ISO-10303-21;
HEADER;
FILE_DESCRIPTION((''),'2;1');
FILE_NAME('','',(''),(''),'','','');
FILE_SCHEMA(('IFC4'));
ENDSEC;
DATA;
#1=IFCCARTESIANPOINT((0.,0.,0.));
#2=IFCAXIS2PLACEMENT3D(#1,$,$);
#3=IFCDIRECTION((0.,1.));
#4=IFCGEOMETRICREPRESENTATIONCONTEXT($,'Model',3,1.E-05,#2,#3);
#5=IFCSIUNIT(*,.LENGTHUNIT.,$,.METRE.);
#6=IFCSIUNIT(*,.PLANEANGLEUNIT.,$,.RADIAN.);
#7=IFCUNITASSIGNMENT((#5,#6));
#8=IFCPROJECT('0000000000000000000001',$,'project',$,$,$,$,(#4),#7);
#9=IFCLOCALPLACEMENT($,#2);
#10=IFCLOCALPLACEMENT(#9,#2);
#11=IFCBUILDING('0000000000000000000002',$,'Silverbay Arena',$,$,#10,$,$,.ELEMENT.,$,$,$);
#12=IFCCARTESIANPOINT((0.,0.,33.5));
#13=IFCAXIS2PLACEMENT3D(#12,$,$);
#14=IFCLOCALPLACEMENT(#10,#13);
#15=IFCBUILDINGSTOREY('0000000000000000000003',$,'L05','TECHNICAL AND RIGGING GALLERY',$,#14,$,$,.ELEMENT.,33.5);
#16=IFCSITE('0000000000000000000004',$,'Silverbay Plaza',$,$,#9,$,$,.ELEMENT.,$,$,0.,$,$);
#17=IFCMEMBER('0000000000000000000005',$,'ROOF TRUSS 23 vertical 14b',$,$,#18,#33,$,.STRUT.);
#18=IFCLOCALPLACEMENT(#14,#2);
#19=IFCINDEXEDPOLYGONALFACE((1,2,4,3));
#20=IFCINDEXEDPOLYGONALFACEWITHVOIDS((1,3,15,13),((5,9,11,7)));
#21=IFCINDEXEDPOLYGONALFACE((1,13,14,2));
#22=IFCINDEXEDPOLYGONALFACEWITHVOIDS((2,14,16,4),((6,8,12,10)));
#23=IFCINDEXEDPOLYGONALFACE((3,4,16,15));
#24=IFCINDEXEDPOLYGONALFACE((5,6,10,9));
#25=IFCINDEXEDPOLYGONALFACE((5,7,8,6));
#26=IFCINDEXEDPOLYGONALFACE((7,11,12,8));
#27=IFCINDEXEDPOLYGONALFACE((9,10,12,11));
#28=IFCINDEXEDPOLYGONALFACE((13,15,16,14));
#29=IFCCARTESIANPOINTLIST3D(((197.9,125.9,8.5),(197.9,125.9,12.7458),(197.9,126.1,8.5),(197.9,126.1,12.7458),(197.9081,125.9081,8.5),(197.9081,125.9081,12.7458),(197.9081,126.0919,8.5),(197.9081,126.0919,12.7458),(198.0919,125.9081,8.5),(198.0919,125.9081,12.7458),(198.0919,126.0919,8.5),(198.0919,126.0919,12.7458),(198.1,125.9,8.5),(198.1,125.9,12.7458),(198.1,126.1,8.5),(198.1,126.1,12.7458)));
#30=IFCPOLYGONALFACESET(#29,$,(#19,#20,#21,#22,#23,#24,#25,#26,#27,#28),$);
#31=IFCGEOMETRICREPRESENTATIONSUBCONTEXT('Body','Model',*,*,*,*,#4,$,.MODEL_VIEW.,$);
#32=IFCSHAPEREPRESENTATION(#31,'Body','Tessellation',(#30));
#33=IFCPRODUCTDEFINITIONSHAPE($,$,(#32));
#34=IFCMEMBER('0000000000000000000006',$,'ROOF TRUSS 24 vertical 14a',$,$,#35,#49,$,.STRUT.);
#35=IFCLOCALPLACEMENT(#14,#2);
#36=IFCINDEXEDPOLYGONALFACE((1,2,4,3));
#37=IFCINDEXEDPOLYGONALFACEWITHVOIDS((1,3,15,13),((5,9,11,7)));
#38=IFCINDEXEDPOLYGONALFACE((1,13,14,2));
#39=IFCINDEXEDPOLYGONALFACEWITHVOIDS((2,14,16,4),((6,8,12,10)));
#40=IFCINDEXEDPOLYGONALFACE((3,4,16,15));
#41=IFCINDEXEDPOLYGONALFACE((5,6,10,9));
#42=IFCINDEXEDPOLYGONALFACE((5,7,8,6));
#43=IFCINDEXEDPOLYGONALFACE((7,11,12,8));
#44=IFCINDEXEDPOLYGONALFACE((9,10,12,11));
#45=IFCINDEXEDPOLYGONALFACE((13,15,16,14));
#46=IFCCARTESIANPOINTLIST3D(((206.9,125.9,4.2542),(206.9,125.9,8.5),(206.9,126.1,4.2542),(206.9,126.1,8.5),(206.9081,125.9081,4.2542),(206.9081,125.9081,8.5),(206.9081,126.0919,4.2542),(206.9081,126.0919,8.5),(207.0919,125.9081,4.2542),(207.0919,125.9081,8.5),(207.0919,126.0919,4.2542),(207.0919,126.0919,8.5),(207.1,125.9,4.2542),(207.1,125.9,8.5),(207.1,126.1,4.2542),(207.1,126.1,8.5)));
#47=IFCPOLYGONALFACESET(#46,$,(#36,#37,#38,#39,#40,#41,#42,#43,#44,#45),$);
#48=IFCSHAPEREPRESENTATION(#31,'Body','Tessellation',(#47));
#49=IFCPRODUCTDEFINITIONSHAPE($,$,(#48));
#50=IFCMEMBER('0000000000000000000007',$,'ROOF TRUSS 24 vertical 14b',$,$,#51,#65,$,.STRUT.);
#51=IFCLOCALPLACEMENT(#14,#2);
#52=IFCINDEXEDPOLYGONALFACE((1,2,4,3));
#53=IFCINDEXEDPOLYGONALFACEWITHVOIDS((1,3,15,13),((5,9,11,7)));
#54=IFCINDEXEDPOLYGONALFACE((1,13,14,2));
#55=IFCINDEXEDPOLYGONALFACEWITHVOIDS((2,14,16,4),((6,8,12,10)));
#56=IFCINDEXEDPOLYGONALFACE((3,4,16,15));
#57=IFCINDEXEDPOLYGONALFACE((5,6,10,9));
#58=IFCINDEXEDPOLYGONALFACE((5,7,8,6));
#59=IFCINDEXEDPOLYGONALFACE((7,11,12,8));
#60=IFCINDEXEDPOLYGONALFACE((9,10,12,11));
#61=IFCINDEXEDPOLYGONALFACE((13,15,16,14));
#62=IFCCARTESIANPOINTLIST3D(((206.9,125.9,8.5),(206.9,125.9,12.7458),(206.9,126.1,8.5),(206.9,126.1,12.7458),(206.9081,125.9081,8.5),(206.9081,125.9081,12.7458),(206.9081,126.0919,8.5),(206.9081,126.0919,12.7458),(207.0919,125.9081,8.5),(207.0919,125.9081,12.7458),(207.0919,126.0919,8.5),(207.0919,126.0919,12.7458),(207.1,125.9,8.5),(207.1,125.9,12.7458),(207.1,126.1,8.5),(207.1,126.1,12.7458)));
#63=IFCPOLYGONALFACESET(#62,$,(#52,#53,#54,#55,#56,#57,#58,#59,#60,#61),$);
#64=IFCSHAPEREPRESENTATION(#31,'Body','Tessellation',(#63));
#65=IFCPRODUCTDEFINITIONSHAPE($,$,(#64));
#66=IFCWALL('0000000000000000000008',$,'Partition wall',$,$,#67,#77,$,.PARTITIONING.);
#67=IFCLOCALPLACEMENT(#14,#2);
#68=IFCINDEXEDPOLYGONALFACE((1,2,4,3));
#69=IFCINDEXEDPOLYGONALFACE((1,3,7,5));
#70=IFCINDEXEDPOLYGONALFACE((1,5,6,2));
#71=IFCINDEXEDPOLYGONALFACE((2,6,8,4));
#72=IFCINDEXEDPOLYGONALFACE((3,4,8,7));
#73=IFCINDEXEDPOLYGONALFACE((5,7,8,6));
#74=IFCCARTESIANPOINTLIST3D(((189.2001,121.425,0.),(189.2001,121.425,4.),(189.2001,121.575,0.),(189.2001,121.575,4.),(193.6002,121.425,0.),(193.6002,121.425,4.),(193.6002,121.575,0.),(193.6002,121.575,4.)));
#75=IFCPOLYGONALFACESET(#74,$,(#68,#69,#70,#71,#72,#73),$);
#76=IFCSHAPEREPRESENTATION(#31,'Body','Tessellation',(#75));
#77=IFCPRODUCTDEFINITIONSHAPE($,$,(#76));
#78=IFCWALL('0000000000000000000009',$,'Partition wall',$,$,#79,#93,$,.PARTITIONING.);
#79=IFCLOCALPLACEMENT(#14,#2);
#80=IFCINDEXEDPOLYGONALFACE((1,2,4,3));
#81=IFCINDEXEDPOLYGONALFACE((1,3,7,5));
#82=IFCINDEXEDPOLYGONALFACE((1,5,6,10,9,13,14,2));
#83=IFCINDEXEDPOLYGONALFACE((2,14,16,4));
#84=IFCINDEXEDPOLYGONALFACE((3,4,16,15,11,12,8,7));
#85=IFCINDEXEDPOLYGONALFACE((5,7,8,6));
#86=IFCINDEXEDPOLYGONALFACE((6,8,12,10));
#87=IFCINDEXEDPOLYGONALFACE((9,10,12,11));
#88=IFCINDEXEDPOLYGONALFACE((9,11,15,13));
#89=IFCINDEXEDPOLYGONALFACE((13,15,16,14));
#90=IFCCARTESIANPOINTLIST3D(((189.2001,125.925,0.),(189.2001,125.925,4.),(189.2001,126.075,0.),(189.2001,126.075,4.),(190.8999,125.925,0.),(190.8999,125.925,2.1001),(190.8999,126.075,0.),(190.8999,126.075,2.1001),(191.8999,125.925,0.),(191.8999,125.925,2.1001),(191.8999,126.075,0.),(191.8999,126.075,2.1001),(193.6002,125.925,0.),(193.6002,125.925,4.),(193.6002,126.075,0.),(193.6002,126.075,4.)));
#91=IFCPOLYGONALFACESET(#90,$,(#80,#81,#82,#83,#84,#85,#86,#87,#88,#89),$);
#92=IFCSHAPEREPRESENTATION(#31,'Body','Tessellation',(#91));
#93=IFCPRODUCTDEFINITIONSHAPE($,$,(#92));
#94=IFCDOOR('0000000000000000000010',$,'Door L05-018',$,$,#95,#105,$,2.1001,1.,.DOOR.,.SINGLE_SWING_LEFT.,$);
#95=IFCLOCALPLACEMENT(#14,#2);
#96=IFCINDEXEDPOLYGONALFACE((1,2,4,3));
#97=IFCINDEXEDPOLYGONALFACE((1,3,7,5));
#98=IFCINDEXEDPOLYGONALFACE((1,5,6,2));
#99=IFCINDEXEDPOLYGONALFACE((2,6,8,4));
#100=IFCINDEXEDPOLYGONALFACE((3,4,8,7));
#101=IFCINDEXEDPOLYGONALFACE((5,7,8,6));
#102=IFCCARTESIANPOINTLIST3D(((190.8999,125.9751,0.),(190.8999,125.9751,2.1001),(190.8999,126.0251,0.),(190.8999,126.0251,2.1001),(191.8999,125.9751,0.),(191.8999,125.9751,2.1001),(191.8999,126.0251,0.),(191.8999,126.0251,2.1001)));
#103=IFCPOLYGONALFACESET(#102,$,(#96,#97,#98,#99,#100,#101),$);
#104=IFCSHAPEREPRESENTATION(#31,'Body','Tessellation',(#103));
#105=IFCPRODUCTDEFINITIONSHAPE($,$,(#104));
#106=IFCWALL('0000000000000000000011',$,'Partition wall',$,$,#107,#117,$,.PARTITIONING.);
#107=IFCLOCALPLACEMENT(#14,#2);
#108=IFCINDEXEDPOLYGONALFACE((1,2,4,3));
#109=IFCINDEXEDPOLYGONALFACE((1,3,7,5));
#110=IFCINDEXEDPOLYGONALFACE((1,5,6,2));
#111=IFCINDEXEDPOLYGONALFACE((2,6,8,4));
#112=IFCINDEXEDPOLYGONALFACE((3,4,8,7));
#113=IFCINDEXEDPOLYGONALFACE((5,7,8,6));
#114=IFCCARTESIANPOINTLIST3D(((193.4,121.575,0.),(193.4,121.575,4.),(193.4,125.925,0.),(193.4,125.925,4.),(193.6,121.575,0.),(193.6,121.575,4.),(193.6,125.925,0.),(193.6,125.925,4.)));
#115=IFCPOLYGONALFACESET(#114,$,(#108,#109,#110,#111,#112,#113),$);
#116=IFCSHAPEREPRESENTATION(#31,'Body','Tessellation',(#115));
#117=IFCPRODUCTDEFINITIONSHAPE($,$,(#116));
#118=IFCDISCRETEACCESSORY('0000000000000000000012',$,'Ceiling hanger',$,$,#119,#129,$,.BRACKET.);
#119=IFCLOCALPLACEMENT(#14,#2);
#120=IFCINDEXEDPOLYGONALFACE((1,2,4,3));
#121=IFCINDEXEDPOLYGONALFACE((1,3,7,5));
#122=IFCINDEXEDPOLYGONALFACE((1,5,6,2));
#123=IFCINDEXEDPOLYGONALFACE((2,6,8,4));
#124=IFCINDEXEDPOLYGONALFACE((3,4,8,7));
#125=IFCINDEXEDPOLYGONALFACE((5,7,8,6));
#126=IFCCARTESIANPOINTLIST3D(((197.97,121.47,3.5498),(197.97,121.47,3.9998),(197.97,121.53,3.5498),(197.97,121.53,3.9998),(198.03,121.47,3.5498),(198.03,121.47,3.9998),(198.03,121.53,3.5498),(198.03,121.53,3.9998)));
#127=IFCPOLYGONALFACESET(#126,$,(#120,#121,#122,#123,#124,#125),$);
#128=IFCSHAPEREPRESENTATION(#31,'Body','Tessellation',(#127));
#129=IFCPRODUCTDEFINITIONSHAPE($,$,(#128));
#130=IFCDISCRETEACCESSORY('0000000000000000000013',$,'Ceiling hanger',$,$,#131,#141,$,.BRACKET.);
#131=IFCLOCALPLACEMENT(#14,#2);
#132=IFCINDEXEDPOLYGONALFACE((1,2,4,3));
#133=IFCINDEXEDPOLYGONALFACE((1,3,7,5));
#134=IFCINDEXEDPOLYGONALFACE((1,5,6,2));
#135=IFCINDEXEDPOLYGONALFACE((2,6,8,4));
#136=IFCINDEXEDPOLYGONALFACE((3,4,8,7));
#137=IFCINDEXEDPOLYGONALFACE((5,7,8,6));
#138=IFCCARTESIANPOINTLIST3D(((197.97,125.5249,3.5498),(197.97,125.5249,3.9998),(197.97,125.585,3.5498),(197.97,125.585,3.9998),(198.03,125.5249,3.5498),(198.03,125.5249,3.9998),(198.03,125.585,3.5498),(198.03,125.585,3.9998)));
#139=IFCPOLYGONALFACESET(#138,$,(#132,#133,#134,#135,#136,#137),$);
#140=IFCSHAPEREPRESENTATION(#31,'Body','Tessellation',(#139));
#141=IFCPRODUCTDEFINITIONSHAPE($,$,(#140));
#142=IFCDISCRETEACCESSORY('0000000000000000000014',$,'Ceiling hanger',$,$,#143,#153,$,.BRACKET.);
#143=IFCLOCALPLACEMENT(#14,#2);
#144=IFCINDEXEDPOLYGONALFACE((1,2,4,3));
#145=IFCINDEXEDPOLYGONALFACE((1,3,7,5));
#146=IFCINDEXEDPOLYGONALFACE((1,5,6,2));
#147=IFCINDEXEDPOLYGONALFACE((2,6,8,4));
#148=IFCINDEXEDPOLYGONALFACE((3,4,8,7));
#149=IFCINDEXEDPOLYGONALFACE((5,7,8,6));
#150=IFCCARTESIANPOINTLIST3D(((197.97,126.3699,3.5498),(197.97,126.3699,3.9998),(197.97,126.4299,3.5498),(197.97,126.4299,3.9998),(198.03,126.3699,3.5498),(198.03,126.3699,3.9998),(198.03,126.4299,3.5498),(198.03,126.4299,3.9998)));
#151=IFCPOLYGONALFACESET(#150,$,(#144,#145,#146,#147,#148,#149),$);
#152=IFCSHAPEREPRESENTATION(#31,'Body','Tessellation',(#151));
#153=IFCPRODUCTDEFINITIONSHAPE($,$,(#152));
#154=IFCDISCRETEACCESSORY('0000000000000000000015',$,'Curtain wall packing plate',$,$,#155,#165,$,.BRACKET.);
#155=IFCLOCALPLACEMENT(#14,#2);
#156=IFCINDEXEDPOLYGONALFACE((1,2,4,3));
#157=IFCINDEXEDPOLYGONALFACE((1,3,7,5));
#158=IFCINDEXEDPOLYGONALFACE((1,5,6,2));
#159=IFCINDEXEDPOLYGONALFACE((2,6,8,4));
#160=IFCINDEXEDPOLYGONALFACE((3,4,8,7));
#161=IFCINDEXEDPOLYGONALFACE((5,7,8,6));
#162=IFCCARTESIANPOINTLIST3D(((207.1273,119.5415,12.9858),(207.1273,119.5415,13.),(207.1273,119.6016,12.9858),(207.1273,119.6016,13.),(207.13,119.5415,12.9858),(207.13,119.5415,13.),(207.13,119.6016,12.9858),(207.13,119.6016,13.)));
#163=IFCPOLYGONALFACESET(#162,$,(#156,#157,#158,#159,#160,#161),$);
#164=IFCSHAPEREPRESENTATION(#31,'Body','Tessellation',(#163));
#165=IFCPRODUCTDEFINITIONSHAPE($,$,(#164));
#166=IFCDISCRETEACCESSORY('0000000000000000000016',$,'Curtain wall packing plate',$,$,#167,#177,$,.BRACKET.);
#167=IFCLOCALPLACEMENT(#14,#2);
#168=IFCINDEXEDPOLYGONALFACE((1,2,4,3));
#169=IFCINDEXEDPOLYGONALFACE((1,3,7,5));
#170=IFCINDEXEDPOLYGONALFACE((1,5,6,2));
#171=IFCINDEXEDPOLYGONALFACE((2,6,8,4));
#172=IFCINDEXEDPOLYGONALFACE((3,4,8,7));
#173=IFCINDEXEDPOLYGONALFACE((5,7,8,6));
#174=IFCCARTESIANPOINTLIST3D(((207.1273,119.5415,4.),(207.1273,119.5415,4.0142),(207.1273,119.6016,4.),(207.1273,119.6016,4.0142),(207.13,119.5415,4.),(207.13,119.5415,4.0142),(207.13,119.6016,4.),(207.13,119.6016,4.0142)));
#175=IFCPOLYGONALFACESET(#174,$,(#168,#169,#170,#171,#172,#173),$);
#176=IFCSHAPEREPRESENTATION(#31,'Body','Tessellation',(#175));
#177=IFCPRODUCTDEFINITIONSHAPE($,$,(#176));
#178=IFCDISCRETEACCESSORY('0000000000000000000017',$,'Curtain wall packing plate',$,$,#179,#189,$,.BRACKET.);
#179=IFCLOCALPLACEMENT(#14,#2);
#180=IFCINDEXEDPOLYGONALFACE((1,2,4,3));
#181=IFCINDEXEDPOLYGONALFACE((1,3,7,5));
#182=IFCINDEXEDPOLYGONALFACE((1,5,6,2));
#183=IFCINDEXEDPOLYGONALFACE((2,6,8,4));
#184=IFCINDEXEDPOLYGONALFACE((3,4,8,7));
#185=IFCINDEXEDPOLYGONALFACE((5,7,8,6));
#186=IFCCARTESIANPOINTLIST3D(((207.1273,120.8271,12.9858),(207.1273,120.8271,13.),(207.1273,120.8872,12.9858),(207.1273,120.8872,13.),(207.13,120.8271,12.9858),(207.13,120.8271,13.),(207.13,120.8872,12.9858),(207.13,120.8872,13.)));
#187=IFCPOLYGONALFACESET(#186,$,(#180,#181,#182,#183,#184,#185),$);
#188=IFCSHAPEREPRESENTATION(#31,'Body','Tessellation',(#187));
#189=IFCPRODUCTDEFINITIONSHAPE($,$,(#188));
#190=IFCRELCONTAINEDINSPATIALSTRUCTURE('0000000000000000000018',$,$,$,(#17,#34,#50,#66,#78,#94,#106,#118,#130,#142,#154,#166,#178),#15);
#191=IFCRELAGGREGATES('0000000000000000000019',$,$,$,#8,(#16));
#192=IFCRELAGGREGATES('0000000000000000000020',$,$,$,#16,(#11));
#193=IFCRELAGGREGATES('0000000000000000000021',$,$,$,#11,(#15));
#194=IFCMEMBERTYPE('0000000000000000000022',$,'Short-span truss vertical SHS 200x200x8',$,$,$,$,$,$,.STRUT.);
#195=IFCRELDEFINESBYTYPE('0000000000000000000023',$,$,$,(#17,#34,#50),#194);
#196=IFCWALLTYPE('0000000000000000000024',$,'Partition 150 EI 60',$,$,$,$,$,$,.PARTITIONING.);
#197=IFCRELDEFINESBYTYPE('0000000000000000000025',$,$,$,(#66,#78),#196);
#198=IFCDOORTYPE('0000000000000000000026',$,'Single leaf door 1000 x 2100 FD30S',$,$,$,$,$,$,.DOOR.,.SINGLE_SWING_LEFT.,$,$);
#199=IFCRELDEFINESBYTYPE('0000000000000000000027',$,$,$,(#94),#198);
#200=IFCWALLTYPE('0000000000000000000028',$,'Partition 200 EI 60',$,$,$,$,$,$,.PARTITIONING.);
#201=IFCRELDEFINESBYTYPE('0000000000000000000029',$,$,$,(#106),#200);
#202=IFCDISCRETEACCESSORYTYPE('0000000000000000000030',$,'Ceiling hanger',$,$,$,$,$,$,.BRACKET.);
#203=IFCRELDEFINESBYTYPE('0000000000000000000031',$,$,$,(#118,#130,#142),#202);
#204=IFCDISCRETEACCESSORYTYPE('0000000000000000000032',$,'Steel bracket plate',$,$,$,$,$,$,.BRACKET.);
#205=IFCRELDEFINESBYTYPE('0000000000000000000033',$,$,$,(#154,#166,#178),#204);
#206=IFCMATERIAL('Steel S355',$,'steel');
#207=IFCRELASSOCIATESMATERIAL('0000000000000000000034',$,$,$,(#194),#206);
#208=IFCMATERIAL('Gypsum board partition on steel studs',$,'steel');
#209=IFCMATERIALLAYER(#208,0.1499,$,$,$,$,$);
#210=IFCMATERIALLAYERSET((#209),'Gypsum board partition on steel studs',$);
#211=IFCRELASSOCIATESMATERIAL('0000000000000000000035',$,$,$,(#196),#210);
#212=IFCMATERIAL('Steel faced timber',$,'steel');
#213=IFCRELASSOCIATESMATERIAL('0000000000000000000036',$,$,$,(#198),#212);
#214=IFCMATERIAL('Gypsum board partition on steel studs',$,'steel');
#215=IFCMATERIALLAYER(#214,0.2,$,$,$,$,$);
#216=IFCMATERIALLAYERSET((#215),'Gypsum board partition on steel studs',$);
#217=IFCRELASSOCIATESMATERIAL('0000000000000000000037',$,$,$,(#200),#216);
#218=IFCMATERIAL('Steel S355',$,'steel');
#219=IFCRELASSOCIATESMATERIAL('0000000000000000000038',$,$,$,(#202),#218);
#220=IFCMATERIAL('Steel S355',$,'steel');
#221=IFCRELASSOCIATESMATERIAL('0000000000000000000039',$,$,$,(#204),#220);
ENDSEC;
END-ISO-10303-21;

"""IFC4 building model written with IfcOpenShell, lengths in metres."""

from ifc_helpers import new_model, si_unit, direction, frame, frame_2d, origin, origin_2d, place, context, subcontext, project, spatial, rectangle, hollow_rectangle, extrude, material, layer, layer_set, material_profile, profile_set, type_object, element, fill, save


model = new_model("IFC4")

# Units and contexts
model_context = context("Model", 3, precision=1e-05, world=origin(), true_north=direction((0.0, 1.0)))
body_context = subcontext(model_context, "Body", "Model", "MODEL_VIEW")
ifc_project = project(units=[si_unit("LENGTHUNIT", "METRE"), si_unit("PLANEANGLEUNIT", "RADIAN")], contexts=[model_context])

# Site, building, storey
site_placement = place(None, origin())
site = spatial("IfcSite", under=ifc_project, at=site_placement, Name="Silverbay Plaza", CompositionType="ELEMENT", RefElevation=0.0)
building_placement = place(site_placement, origin())
building = spatial("IfcBuilding", under=site, at=building_placement, Name="Silverbay Arena", CompositionType="ELEMENT")
storey_placement = place(building_placement, frame((0.0, 0.0, 33.5)))
storey = spatial("IfcBuildingStorey", under=building, at=storey_placement, Name="L05", Description="TECHNICAL AND RIGGING GALLERY", CompositionType="ELEMENT", Elevation=33.5)

# Members
ifc_material_1 = material(Name="Steel S355", Category="steel")
ifc_material_profile_1 = material_profile(ifc_material_1, hollow_rectangle(XDim=0.2, YDim=0.2, WallThickness=0.0081, at=origin_2d()), Name="SHS 200x200x8")
ifc_profile_set_1 = profile_set([ifc_material_profile_1], Name="Steel S355")
member_type_1 = type_object("IfcMemberType", Name="Short-span truss vertical SHS 200x200x8", PredefinedType="STRUT", material=ifc_profile_set_1)
for number, where, z_axis, x_axis, name in (
    (1, (198.0, 126.0, 8.5), (0.0, 0.0, 1.0), (1.0, 0.0, 0.0), "ROOF TRUSS 23 vertical 14b"),
    (2, (207.0, 126.0, 4.2542), (0.0, 0.0, 1.0), (1.0, 0.0, 0.0), "ROOF TRUSS 24 vertical 14a"),
    (3, (207.0, 126.0, 8.5), (0.0, 0.0, 1.0), (1.0, 0.0, 0.0), "ROOF TRUSS 24 vertical 14b"),
):
    element("IfcMember", number, at=place(storey_placement, frame(where, z_axis=z_axis, x_axis=x_axis)), inside=storey, type_object=member_type_1, Name=name, PredefinedType="STRUT", context=body_context, shape_type="SweptSolid", body=[
        extrude(hollow_rectangle(XDim=0.2, YDim=0.2, WallThickness=0.0081, at=origin_2d()), origin(), (0.0, 0.0, 1.0), 4.2458),
    ])

# Wall
ifc_material_2 = material(Name="Gypsum board partition on steel studs", Category="steel")
ifc_layer_1 = layer(ifc_material_2, 0.1499)
ifc_layer_set_1 = layer_set([ifc_layer_1], Name="Gypsum board partition on steel studs")
wall_type_1 = type_object("IfcWallType", Name="Partition 150 EI 60", PredefinedType="PARTITIONING", material=ifc_layer_set_1)
wall_1_placement = place(storey_placement, frame((189.2, 121.5, 0.0), z_axis=(0.0, 0.0, 1.0), x_axis=(1.0, 0.0, 0.0)))
element("IfcWall", 4, at=wall_1_placement, inside=storey, type_object=wall_type_1, Name="Partition wall", PredefinedType="PARTITIONING", context=body_context, shape_type="SweptSolid", body=[
    extrude(rectangle(XDim=4.4001, YDim=0.1499, at=frame_2d((2.2002, 0.0))), origin(), (0.0, 0.0, 1.0), 4.0),
])

# Wall, opening, door
wall_2_placement = place(storey_placement, frame((189.2, 126.0, 0.0), z_axis=(0.0, 0.0, 1.0), x_axis=(1.0, 0.0, 0.0)))
wall_2 = element("IfcWall", 5, at=wall_2_placement, inside=storey, type_object=wall_type_1, Name="Partition wall", PredefinedType="PARTITIONING", context=body_context, shape_type="SweptSolid", body=[
    extrude(rectangle(XDim=4.4001, YDim=0.1499, at=frame_2d((2.2002, 0.0))), origin(), (0.0, 0.0, 1.0), 4.0),
])
opening_placement = place(wall_2_placement, frame((1.7, 0.0, 0.0)))
opening = element("IfcOpeningElement", 6, at=opening_placement, cuts=wall_2, PredefinedType="OPENING", context=body_context, shape_type="SweptSolid", body=[
    extrude(rectangle(XDim=1.0, YDim=2.1001, at=frame_2d((0.5, 1.05))), frame((0.0, 0.085, 0.0), z_axis=(0.0, -1.0, 0.0), x_axis=(1.0, 0.0, 0.0)), (0.0, 0.0, 1.0), 0.1699),
])
ifc_material_3 = material(Name="Steel faced timber", Category="steel")
door_type = type_object("IfcDoorType", Name="Single leaf door 1000 x 2100 FD30S", OperationType="SINGLE_SWING_LEFT", PredefinedType="DOOR", material=ifc_material_3)
door_placement = place(opening_placement, frame((1.0, 0.0, 0.0), z_axis=(0.0, 0.0, 1.0), x_axis=(-1.0, 0.0, 0.0)))
door = element("IfcDoor", 7, at=door_placement, inside=storey, type_object=door_type, Name="Door L05-018", OperationType="SINGLE_SWING_LEFT", OverallHeight=2.1001, OverallWidth=1.0, PredefinedType="DOOR", context=body_context, shape_type="SweptSolid", body=[
    extrude(rectangle(XDim=1.0, YDim=2.1001, at=frame_2d((0.5, 1.05))), frame((0.0, 0.0249, 0.0), z_axis=(0.0, -1.0, 0.0), x_axis=(1.0, 0.0, 0.0)), (0.0, 0.0, 1.0), 0.05),
])
fill(opening, door)

# Wall
ifc_material_4 = material(Name="Gypsum board partition on steel studs", Category="steel")
ifc_layer_2 = layer(ifc_material_4, 0.2)
ifc_layer_set_2 = layer_set([ifc_layer_2], Name="Gypsum board partition on steel studs")
wall_type_2 = type_object("IfcWallType", Name="Partition 200 EI 60", PredefinedType="PARTITIONING", material=ifc_layer_set_2)
wall_3_placement = place(storey_placement, frame((193.5, 121.575, 0.0), z_axis=(0.0, 0.0, 1.0), x_axis=(0.0, 1.0, 0.0)))
element("IfcWall", 8, at=wall_3_placement, inside=storey, type_object=wall_type_2, Name="Partition wall", PredefinedType="PARTITIONING", context=body_context, shape_type="SweptSolid", body=[
    extrude(rectangle(XDim=4.3501, YDim=0.2, at=frame_2d((2.175, 0.0))), origin(), (0.0, 0.0, 1.0), 4.0),
])

# Discrete accessories
ifc_material_5 = material(Name="Steel S355", Category="steel")
discrete_accessory_type_1 = type_object("IfcDiscreteAccessoryType", Name="Ceiling hanger", PredefinedType="BRACKET", material=ifc_material_5)
for number, where, z_axis, x_axis, name in (
    (9, (198.0, 121.5, 3.5498), (0.0, 0.0, 1.0), (1.0, 0.0, 0.0), "Ceiling hanger"),
    (10, (198.0, 125.5549, 3.5498), (0.0, 0.0, 1.0), (1.0, 0.0, 0.0), "Ceiling hanger"),
    (11, (198.0, 126.3999, 3.5498), (0.0, 0.0, 1.0), (1.0, 0.0, 0.0), "Ceiling hanger"),
):
    element("IfcDiscreteAccessory", number, at=place(storey_placement, frame(where, z_axis=z_axis, x_axis=x_axis)), inside=storey, type_object=discrete_accessory_type_1, Name=name, PredefinedType="BRACKET", context=body_context, shape_type="SweptSolid", body=[
        extrude(rectangle(XDim=0.0601, YDim=0.0601, at=origin_2d()), origin(), (0.0, 0.0, 1.0), 0.45),
    ])
ifc_material_6 = material(Name="Steel S355", Category="steel")
discrete_accessory_type_2 = type_object("IfcDiscreteAccessoryType", Name="Steel bracket plate", PredefinedType="BRACKET", material=ifc_material_6)
for number, where, z_axis, x_axis, name in (
    (12, (207.1287, 119.5715, 12.9858), (0.0, 0.0, 1.0), (1.0, 0.0, 0.0), "Curtain wall packing plate"),
    (13, (207.1287, 119.5715, 4.0), (0.0, 0.0, 1.0), (1.0, 0.0, 0.0), "Curtain wall packing plate"),
    (14, (207.1287, 120.8572, 12.9858), (0.0, 0.0, 1.0), (1.0, 0.0, 0.0), "Curtain wall packing plate"),
):
    element("IfcDiscreteAccessory", number, at=place(storey_placement, frame(where, z_axis=z_axis, x_axis=x_axis)), inside=storey, type_object=discrete_accessory_type_2, Name=name, PredefinedType="BRACKET", context=body_context, shape_type="SweptSolid", body=[
        extrude(rectangle(XDim=0.0027, YDim=0.0601, at=origin_2d()), origin(), (0.0, 0.0, 1.0), 0.0142),
    ])

save(model, "model.ifc")
